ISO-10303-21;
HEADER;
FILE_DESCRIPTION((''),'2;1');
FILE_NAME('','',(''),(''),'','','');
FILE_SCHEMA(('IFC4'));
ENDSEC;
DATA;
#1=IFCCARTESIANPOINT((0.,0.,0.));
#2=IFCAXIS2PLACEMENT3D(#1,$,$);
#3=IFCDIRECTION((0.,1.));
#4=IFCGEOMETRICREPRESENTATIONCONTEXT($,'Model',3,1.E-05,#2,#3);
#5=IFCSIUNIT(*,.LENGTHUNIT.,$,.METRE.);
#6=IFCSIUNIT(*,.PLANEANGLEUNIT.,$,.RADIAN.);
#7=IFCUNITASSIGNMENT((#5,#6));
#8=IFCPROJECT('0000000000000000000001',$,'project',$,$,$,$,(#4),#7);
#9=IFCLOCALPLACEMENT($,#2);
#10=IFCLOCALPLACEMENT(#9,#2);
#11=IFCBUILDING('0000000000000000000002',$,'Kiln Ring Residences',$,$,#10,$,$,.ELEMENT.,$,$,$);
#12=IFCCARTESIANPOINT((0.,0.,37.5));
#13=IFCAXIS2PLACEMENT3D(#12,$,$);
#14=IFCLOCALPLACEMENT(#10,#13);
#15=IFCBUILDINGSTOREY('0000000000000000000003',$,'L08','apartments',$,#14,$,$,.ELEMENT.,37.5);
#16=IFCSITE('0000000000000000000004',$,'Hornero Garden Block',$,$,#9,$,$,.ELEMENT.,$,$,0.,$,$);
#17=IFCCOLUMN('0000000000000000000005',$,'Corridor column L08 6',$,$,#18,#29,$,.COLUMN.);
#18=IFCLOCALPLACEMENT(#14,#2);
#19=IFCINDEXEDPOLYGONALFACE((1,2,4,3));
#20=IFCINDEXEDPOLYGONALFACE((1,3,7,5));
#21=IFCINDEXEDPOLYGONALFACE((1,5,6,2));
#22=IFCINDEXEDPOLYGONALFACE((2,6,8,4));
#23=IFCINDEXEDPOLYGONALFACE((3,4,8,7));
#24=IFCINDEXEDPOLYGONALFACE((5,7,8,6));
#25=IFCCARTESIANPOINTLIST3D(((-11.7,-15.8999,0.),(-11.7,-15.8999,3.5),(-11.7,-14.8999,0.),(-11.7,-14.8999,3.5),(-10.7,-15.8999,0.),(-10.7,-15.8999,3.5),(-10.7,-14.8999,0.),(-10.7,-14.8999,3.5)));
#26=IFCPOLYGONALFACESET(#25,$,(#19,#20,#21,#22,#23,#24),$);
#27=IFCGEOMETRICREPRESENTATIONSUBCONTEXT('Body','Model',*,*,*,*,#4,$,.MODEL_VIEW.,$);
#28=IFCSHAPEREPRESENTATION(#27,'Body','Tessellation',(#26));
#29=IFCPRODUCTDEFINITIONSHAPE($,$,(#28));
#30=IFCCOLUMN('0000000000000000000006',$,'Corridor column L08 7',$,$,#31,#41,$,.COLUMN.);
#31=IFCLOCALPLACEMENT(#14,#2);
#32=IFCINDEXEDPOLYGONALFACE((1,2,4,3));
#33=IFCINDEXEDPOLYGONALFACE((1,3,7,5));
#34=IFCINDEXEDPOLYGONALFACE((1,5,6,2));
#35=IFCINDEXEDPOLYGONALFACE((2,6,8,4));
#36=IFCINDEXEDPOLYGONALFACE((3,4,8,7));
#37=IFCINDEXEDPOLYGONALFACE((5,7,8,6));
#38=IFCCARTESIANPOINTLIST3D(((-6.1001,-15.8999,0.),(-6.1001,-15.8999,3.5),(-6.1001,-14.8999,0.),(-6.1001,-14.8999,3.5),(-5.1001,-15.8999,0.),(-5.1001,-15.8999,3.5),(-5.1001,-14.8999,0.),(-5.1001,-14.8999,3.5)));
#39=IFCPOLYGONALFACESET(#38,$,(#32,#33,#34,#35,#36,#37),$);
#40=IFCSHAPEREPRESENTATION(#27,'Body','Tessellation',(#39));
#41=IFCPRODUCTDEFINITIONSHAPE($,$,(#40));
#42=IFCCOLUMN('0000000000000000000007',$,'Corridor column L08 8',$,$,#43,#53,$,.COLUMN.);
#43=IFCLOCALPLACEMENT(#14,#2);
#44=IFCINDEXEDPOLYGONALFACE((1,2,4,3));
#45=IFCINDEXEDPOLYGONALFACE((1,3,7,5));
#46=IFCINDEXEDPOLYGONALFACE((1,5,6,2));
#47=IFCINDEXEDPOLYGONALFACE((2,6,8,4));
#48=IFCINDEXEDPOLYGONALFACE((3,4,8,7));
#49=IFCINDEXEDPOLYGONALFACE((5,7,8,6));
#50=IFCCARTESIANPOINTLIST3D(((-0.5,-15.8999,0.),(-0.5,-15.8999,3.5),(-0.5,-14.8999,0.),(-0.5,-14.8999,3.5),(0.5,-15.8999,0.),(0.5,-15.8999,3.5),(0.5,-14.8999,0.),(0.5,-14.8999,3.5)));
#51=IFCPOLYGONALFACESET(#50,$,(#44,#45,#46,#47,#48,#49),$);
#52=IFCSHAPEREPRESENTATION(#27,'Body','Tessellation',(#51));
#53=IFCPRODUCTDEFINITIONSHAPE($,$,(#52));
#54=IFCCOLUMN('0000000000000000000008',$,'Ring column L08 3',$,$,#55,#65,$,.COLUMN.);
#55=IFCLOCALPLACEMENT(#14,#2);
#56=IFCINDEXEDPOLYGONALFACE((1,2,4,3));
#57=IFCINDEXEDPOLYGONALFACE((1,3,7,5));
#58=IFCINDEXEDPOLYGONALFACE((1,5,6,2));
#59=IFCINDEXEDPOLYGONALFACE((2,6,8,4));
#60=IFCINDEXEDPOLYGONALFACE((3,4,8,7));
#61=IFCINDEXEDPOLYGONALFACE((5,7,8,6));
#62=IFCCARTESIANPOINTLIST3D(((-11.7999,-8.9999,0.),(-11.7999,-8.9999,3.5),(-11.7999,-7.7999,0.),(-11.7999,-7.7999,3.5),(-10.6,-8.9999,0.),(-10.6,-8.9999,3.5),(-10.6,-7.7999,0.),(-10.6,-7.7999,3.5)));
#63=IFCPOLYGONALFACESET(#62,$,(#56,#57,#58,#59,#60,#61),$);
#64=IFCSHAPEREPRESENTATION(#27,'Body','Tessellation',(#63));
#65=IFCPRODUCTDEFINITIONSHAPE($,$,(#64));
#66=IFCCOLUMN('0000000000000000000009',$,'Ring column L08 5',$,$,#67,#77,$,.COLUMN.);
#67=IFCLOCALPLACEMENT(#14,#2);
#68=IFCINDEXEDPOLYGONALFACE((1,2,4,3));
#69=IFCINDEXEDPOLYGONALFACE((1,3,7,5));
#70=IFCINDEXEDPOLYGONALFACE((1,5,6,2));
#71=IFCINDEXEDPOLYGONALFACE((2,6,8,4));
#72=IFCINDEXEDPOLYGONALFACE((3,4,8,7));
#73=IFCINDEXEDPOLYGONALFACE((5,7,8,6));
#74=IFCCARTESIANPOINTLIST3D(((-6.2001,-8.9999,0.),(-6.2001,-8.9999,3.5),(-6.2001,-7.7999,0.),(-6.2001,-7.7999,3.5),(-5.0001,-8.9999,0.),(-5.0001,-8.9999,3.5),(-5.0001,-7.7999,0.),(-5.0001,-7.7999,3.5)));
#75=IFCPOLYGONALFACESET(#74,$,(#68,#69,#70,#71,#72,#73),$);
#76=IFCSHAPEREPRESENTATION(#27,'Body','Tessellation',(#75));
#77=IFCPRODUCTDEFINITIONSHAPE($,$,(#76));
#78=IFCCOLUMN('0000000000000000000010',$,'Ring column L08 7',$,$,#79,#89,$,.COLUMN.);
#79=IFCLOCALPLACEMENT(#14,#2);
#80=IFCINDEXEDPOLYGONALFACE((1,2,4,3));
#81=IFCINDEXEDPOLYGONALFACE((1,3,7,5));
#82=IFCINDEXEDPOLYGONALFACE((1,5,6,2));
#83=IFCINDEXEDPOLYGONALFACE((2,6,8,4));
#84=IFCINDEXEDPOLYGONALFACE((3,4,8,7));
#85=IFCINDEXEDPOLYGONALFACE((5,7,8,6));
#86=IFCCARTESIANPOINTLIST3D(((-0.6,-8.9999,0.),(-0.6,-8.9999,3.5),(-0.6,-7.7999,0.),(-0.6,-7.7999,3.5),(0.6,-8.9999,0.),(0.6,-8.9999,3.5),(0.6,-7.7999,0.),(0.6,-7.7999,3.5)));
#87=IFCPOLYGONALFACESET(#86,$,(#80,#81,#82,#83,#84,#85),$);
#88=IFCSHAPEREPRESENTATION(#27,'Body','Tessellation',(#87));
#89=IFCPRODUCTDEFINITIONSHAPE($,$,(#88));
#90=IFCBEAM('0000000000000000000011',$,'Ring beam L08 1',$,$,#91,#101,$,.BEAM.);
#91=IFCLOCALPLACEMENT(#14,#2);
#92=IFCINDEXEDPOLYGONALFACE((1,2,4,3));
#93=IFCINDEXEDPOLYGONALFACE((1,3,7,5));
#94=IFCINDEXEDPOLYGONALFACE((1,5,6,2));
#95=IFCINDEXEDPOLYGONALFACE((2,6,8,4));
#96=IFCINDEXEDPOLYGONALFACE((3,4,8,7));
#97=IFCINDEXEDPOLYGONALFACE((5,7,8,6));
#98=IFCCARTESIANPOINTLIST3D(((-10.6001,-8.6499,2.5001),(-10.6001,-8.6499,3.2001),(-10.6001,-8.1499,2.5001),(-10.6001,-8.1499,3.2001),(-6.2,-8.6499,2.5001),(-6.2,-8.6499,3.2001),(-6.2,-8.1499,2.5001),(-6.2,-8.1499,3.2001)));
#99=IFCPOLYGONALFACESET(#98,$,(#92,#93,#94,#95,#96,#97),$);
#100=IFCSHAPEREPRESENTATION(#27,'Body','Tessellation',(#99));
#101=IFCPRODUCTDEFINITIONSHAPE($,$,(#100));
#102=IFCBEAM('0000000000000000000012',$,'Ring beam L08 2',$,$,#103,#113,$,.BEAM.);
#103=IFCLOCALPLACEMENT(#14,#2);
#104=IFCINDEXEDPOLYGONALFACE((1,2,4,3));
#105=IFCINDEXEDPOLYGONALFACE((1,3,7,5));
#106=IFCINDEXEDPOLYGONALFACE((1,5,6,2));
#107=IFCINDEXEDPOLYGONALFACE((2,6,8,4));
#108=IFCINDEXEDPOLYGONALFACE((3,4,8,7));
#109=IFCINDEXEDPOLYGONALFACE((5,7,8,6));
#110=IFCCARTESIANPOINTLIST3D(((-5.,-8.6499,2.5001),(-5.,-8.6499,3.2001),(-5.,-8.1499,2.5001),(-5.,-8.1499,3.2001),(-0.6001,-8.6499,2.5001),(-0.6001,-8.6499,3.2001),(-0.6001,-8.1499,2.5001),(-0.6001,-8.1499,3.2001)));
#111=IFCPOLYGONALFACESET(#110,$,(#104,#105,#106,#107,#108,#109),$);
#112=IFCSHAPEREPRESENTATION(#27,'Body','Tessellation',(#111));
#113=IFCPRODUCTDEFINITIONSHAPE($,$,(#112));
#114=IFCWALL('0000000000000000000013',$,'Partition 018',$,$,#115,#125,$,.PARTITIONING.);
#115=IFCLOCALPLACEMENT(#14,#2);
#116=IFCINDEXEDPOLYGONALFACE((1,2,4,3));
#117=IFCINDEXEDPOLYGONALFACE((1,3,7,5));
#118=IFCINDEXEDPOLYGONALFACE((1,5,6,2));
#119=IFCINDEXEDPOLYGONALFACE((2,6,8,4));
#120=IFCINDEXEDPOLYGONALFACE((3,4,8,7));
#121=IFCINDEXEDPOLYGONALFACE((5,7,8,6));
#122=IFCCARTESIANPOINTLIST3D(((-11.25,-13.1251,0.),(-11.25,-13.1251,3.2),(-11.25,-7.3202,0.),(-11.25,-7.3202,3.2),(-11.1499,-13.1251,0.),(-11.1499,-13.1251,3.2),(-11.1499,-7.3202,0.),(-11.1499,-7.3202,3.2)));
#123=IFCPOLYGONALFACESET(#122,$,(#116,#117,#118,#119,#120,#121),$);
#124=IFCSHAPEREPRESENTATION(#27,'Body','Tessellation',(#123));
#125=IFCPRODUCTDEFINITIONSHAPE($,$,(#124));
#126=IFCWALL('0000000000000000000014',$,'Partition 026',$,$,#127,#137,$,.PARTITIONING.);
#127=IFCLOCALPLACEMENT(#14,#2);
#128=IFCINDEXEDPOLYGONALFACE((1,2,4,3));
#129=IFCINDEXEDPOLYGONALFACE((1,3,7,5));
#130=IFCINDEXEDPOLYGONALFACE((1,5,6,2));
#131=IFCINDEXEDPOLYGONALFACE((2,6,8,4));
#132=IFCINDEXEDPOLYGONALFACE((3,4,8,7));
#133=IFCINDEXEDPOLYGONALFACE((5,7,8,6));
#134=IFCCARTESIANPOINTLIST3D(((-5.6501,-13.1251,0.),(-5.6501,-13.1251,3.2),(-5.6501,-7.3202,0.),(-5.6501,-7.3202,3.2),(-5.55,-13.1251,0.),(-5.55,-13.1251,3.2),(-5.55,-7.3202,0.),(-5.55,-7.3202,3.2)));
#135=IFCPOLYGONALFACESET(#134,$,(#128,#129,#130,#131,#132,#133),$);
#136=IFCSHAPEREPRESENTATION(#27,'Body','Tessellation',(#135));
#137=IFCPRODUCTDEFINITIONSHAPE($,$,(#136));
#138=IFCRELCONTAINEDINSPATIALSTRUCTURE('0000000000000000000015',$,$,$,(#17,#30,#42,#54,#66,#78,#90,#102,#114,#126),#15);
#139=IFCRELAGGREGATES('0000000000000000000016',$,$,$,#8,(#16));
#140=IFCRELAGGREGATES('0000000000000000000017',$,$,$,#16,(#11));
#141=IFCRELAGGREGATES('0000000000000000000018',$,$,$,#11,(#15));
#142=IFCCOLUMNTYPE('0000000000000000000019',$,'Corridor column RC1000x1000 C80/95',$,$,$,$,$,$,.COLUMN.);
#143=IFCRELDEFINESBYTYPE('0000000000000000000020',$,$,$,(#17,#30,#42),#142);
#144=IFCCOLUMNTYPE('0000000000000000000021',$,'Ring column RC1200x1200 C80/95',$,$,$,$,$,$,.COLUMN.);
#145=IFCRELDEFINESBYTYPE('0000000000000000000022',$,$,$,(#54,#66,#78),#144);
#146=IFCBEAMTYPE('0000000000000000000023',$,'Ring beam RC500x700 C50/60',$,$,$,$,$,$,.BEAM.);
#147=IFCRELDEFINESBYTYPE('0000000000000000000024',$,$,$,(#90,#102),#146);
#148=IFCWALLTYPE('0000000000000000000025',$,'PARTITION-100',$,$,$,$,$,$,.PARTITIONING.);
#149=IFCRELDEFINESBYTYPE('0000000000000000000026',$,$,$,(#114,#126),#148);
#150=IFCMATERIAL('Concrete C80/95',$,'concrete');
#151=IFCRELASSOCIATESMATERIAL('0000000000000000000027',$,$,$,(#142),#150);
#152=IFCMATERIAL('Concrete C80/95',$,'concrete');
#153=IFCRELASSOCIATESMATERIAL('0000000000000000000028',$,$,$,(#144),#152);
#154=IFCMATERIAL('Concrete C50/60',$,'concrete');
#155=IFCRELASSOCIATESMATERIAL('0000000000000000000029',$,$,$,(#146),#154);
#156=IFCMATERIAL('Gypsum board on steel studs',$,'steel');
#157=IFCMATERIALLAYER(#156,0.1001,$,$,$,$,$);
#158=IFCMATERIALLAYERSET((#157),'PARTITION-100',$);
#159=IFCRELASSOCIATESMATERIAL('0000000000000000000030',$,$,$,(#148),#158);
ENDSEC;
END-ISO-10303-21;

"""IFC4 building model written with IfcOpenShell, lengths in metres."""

from ifc_helpers import new_model, si_unit, direction, frame, frame_2d, origin, origin_2d, place, context, subcontext, project, spatial, rectangle, extrude, material, layer, layer_set, material_profile, profile_set, type_object, element, save


model = new_model("IFC4")

# Units and contexts
model_context = context("Model", 3, precision=1e-05, world=origin(), true_north=direction((0.0, 1.0)))
body_context = subcontext(model_context, "Body", "Model", "MODEL_VIEW")
ifc_project = project(units=[si_unit("LENGTHUNIT", "METRE"), si_unit("PLANEANGLEUNIT", "RADIAN")], contexts=[model_context])

# Site, building, storey
site_placement = place(None, origin())
site = spatial("IfcSite", under=ifc_project, at=site_placement, Name="Hornero Garden Block", CompositionType="ELEMENT", RefElevation=0.0)
building_placement = place(site_placement, origin())
building = spatial("IfcBuilding", under=site, at=building_placement, Name="Kiln Ring Residences", CompositionType="ELEMENT")
storey_placement = place(building_placement, frame((0.0, 0.0, 37.5)))
storey = spatial("IfcBuildingStorey", under=building, at=storey_placement, Name="L08", Description="apartments", CompositionType="ELEMENT", Elevation=37.5)

# Columns
ifc_material_1 = material(Name="Concrete C80/95", Category="concrete")
ifc_material_profile_1 = material_profile(ifc_material_1, rectangle(XDim=1.0, YDim=1.0, at=origin_2d()), Name="RC1000x1000")
ifc_profile_set_1 = profile_set([ifc_material_profile_1], Name="Concrete C80/95")
column_type_1 = type_object("IfcColumnType", Name="Corridor column RC1000x1000 C80/95", PredefinedType="COLUMN", material=ifc_profile_set_1)
for number, where, z_axis, x_axis, name in (
    (1, (-11.2, -15.3999, 0.0), (0.0, 0.0, 1.0), (1.0, 0.0, 0.0), "Corridor column L08 6"),
    (2, (-5.6001, -15.3999, 0.0), (0.0, 0.0, 1.0), (1.0, 0.0, 0.0), "Corridor column L08 7"),
    (3, (0.0, -15.3999, 0.0), (0.0, 0.0, 1.0), (1.0, 0.0, 0.0), "Corridor column L08 8"),
):
    element("IfcColumn", number, at=place(storey_placement, frame(where, z_axis=z_axis, x_axis=x_axis)), inside=storey, type_object=column_type_1, Name=name, PredefinedType="COLUMN", context=body_context, shape_type="SweptSolid", body=[
        extrude(rectangle(XDim=1.0, YDim=1.0, at=origin_2d()), origin(), (0.0, 0.0, 1.0), 3.5),
    ])
ifc_material_2 = material(Name="Concrete C80/95", Category="concrete")
ifc_material_profile_2 = material_profile(ifc_material_2, rectangle(XDim=1.2, YDim=1.2, at=origin_2d()), Name="RC1200x1200")
ifc_profile_set_2 = profile_set([ifc_material_profile_2], Name="Concrete C80/95")
column_type_2 = type_object("IfcColumnType", Name="Ring column RC1200x1200 C80/95", PredefinedType="COLUMN", material=ifc_profile_set_2)
for number, where, z_axis, x_axis, name in (
    (4, (-11.2, -8.3999, 0.0), (0.0, 0.0, 1.0), (1.0, 0.0, 0.0), "Ring column L08 3"),
    (5, (-5.6001, -8.3999, 0.0), (0.0, 0.0, 1.0), (1.0, 0.0, 0.0), "Ring column L08 5"),
    (6, (0.0, -8.3999, 0.0), (0.0, 0.0, 1.0), (1.0, 0.0, 0.0), "Ring column L08 7"),
):
    element("IfcColumn", number, at=place(storey_placement, frame(where, z_axis=z_axis, x_axis=x_axis)), inside=storey, type_object=column_type_2, Name=name, PredefinedType="COLUMN", context=body_context, shape_type="SweptSolid", body=[
        extrude(rectangle(XDim=1.2, YDim=1.2, at=origin_2d()), origin(), (0.0, 0.0, 1.0), 3.5),
    ])

# Beams
ifc_material_3 = material(Name="Concrete C50/60", Category="concrete")
ifc_material_profile_3 = material_profile(ifc_material_3, rectangle(XDim=0.5, YDim=0.7, at=origin_2d()), Name="RC500x700")
ifc_profile_set_3 = profile_set([ifc_material_profile_3], Name="Concrete C50/60")
beam_type = type_object("IfcBeamType", Name="Ring beam RC500x700 C50/60", PredefinedType="BEAM", material=ifc_profile_set_3)
beam_1_placement = place(storey_placement, frame((-10.6001, -8.3999, 2.8501), z_axis=(1.0, 0.0, 0.0), x_axis=(0.0, 1.0, 0.0)))
element("IfcBeam", 7, at=beam_1_placement, inside=storey, type_object=beam_type, Name="Ring beam L08 1", PredefinedType="BEAM", context=body_context, shape_type="SweptSolid", body=[
    extrude(rectangle(XDim=0.5, YDim=0.7, at=origin_2d()), origin(), (0.0, 0.0, 1.0), 4.4001),
])
beam_2_placement = place(storey_placement, frame((-5.0, -8.3999, 2.8501), z_axis=(1.0, 0.0, 0.0), x_axis=(0.0, 1.0, 0.0)))
element("IfcBeam", 8, at=beam_2_placement, inside=storey, type_object=beam_type, Name="Ring beam L08 2", PredefinedType="BEAM", context=body_context, shape_type="SweptSolid", body=[
    extrude(rectangle(XDim=0.5, YDim=0.7, at=origin_2d()), origin(), (0.0, 0.0, 1.0), 4.3999),
])

# Walls
ifc_material_4 = material(Name="Gypsum board on steel studs", Category="steel")
ifc_layer = layer(ifc_material_4, 0.1001)
ifc_layer_set = layer_set([ifc_layer], Name="PARTITION-100")
wall_type = type_object("IfcWallType", Name="PARTITION-100", PredefinedType="PARTITIONING", material=ifc_layer_set)
for number, where, z_axis, x_axis, name in (
    (9, (-11.2, -13.125, 0.0), (0.0, 0.0, 1.0), (0.0, 1.0, 0.0), "Partition 018"),
    (10, (-5.6001, -13.125, 0.0), (0.0, 0.0, 1.0), (0.0, 1.0, 0.0), "Partition 026"),
):
    element("IfcWall", number, at=place(storey_placement, frame(where, z_axis=z_axis, x_axis=x_axis)), inside=storey, type_object=wall_type, Name=name, PredefinedType="PARTITIONING", context=body_context, shape_type="SweptSolid", body=[
        extrude(rectangle(XDim=5.8049, YDim=0.1001, at=frame_2d((2.9023, 0.0))), origin(), (0.0, 0.0, 1.0), 3.2),
    ])

save(model, "model.ifc")
